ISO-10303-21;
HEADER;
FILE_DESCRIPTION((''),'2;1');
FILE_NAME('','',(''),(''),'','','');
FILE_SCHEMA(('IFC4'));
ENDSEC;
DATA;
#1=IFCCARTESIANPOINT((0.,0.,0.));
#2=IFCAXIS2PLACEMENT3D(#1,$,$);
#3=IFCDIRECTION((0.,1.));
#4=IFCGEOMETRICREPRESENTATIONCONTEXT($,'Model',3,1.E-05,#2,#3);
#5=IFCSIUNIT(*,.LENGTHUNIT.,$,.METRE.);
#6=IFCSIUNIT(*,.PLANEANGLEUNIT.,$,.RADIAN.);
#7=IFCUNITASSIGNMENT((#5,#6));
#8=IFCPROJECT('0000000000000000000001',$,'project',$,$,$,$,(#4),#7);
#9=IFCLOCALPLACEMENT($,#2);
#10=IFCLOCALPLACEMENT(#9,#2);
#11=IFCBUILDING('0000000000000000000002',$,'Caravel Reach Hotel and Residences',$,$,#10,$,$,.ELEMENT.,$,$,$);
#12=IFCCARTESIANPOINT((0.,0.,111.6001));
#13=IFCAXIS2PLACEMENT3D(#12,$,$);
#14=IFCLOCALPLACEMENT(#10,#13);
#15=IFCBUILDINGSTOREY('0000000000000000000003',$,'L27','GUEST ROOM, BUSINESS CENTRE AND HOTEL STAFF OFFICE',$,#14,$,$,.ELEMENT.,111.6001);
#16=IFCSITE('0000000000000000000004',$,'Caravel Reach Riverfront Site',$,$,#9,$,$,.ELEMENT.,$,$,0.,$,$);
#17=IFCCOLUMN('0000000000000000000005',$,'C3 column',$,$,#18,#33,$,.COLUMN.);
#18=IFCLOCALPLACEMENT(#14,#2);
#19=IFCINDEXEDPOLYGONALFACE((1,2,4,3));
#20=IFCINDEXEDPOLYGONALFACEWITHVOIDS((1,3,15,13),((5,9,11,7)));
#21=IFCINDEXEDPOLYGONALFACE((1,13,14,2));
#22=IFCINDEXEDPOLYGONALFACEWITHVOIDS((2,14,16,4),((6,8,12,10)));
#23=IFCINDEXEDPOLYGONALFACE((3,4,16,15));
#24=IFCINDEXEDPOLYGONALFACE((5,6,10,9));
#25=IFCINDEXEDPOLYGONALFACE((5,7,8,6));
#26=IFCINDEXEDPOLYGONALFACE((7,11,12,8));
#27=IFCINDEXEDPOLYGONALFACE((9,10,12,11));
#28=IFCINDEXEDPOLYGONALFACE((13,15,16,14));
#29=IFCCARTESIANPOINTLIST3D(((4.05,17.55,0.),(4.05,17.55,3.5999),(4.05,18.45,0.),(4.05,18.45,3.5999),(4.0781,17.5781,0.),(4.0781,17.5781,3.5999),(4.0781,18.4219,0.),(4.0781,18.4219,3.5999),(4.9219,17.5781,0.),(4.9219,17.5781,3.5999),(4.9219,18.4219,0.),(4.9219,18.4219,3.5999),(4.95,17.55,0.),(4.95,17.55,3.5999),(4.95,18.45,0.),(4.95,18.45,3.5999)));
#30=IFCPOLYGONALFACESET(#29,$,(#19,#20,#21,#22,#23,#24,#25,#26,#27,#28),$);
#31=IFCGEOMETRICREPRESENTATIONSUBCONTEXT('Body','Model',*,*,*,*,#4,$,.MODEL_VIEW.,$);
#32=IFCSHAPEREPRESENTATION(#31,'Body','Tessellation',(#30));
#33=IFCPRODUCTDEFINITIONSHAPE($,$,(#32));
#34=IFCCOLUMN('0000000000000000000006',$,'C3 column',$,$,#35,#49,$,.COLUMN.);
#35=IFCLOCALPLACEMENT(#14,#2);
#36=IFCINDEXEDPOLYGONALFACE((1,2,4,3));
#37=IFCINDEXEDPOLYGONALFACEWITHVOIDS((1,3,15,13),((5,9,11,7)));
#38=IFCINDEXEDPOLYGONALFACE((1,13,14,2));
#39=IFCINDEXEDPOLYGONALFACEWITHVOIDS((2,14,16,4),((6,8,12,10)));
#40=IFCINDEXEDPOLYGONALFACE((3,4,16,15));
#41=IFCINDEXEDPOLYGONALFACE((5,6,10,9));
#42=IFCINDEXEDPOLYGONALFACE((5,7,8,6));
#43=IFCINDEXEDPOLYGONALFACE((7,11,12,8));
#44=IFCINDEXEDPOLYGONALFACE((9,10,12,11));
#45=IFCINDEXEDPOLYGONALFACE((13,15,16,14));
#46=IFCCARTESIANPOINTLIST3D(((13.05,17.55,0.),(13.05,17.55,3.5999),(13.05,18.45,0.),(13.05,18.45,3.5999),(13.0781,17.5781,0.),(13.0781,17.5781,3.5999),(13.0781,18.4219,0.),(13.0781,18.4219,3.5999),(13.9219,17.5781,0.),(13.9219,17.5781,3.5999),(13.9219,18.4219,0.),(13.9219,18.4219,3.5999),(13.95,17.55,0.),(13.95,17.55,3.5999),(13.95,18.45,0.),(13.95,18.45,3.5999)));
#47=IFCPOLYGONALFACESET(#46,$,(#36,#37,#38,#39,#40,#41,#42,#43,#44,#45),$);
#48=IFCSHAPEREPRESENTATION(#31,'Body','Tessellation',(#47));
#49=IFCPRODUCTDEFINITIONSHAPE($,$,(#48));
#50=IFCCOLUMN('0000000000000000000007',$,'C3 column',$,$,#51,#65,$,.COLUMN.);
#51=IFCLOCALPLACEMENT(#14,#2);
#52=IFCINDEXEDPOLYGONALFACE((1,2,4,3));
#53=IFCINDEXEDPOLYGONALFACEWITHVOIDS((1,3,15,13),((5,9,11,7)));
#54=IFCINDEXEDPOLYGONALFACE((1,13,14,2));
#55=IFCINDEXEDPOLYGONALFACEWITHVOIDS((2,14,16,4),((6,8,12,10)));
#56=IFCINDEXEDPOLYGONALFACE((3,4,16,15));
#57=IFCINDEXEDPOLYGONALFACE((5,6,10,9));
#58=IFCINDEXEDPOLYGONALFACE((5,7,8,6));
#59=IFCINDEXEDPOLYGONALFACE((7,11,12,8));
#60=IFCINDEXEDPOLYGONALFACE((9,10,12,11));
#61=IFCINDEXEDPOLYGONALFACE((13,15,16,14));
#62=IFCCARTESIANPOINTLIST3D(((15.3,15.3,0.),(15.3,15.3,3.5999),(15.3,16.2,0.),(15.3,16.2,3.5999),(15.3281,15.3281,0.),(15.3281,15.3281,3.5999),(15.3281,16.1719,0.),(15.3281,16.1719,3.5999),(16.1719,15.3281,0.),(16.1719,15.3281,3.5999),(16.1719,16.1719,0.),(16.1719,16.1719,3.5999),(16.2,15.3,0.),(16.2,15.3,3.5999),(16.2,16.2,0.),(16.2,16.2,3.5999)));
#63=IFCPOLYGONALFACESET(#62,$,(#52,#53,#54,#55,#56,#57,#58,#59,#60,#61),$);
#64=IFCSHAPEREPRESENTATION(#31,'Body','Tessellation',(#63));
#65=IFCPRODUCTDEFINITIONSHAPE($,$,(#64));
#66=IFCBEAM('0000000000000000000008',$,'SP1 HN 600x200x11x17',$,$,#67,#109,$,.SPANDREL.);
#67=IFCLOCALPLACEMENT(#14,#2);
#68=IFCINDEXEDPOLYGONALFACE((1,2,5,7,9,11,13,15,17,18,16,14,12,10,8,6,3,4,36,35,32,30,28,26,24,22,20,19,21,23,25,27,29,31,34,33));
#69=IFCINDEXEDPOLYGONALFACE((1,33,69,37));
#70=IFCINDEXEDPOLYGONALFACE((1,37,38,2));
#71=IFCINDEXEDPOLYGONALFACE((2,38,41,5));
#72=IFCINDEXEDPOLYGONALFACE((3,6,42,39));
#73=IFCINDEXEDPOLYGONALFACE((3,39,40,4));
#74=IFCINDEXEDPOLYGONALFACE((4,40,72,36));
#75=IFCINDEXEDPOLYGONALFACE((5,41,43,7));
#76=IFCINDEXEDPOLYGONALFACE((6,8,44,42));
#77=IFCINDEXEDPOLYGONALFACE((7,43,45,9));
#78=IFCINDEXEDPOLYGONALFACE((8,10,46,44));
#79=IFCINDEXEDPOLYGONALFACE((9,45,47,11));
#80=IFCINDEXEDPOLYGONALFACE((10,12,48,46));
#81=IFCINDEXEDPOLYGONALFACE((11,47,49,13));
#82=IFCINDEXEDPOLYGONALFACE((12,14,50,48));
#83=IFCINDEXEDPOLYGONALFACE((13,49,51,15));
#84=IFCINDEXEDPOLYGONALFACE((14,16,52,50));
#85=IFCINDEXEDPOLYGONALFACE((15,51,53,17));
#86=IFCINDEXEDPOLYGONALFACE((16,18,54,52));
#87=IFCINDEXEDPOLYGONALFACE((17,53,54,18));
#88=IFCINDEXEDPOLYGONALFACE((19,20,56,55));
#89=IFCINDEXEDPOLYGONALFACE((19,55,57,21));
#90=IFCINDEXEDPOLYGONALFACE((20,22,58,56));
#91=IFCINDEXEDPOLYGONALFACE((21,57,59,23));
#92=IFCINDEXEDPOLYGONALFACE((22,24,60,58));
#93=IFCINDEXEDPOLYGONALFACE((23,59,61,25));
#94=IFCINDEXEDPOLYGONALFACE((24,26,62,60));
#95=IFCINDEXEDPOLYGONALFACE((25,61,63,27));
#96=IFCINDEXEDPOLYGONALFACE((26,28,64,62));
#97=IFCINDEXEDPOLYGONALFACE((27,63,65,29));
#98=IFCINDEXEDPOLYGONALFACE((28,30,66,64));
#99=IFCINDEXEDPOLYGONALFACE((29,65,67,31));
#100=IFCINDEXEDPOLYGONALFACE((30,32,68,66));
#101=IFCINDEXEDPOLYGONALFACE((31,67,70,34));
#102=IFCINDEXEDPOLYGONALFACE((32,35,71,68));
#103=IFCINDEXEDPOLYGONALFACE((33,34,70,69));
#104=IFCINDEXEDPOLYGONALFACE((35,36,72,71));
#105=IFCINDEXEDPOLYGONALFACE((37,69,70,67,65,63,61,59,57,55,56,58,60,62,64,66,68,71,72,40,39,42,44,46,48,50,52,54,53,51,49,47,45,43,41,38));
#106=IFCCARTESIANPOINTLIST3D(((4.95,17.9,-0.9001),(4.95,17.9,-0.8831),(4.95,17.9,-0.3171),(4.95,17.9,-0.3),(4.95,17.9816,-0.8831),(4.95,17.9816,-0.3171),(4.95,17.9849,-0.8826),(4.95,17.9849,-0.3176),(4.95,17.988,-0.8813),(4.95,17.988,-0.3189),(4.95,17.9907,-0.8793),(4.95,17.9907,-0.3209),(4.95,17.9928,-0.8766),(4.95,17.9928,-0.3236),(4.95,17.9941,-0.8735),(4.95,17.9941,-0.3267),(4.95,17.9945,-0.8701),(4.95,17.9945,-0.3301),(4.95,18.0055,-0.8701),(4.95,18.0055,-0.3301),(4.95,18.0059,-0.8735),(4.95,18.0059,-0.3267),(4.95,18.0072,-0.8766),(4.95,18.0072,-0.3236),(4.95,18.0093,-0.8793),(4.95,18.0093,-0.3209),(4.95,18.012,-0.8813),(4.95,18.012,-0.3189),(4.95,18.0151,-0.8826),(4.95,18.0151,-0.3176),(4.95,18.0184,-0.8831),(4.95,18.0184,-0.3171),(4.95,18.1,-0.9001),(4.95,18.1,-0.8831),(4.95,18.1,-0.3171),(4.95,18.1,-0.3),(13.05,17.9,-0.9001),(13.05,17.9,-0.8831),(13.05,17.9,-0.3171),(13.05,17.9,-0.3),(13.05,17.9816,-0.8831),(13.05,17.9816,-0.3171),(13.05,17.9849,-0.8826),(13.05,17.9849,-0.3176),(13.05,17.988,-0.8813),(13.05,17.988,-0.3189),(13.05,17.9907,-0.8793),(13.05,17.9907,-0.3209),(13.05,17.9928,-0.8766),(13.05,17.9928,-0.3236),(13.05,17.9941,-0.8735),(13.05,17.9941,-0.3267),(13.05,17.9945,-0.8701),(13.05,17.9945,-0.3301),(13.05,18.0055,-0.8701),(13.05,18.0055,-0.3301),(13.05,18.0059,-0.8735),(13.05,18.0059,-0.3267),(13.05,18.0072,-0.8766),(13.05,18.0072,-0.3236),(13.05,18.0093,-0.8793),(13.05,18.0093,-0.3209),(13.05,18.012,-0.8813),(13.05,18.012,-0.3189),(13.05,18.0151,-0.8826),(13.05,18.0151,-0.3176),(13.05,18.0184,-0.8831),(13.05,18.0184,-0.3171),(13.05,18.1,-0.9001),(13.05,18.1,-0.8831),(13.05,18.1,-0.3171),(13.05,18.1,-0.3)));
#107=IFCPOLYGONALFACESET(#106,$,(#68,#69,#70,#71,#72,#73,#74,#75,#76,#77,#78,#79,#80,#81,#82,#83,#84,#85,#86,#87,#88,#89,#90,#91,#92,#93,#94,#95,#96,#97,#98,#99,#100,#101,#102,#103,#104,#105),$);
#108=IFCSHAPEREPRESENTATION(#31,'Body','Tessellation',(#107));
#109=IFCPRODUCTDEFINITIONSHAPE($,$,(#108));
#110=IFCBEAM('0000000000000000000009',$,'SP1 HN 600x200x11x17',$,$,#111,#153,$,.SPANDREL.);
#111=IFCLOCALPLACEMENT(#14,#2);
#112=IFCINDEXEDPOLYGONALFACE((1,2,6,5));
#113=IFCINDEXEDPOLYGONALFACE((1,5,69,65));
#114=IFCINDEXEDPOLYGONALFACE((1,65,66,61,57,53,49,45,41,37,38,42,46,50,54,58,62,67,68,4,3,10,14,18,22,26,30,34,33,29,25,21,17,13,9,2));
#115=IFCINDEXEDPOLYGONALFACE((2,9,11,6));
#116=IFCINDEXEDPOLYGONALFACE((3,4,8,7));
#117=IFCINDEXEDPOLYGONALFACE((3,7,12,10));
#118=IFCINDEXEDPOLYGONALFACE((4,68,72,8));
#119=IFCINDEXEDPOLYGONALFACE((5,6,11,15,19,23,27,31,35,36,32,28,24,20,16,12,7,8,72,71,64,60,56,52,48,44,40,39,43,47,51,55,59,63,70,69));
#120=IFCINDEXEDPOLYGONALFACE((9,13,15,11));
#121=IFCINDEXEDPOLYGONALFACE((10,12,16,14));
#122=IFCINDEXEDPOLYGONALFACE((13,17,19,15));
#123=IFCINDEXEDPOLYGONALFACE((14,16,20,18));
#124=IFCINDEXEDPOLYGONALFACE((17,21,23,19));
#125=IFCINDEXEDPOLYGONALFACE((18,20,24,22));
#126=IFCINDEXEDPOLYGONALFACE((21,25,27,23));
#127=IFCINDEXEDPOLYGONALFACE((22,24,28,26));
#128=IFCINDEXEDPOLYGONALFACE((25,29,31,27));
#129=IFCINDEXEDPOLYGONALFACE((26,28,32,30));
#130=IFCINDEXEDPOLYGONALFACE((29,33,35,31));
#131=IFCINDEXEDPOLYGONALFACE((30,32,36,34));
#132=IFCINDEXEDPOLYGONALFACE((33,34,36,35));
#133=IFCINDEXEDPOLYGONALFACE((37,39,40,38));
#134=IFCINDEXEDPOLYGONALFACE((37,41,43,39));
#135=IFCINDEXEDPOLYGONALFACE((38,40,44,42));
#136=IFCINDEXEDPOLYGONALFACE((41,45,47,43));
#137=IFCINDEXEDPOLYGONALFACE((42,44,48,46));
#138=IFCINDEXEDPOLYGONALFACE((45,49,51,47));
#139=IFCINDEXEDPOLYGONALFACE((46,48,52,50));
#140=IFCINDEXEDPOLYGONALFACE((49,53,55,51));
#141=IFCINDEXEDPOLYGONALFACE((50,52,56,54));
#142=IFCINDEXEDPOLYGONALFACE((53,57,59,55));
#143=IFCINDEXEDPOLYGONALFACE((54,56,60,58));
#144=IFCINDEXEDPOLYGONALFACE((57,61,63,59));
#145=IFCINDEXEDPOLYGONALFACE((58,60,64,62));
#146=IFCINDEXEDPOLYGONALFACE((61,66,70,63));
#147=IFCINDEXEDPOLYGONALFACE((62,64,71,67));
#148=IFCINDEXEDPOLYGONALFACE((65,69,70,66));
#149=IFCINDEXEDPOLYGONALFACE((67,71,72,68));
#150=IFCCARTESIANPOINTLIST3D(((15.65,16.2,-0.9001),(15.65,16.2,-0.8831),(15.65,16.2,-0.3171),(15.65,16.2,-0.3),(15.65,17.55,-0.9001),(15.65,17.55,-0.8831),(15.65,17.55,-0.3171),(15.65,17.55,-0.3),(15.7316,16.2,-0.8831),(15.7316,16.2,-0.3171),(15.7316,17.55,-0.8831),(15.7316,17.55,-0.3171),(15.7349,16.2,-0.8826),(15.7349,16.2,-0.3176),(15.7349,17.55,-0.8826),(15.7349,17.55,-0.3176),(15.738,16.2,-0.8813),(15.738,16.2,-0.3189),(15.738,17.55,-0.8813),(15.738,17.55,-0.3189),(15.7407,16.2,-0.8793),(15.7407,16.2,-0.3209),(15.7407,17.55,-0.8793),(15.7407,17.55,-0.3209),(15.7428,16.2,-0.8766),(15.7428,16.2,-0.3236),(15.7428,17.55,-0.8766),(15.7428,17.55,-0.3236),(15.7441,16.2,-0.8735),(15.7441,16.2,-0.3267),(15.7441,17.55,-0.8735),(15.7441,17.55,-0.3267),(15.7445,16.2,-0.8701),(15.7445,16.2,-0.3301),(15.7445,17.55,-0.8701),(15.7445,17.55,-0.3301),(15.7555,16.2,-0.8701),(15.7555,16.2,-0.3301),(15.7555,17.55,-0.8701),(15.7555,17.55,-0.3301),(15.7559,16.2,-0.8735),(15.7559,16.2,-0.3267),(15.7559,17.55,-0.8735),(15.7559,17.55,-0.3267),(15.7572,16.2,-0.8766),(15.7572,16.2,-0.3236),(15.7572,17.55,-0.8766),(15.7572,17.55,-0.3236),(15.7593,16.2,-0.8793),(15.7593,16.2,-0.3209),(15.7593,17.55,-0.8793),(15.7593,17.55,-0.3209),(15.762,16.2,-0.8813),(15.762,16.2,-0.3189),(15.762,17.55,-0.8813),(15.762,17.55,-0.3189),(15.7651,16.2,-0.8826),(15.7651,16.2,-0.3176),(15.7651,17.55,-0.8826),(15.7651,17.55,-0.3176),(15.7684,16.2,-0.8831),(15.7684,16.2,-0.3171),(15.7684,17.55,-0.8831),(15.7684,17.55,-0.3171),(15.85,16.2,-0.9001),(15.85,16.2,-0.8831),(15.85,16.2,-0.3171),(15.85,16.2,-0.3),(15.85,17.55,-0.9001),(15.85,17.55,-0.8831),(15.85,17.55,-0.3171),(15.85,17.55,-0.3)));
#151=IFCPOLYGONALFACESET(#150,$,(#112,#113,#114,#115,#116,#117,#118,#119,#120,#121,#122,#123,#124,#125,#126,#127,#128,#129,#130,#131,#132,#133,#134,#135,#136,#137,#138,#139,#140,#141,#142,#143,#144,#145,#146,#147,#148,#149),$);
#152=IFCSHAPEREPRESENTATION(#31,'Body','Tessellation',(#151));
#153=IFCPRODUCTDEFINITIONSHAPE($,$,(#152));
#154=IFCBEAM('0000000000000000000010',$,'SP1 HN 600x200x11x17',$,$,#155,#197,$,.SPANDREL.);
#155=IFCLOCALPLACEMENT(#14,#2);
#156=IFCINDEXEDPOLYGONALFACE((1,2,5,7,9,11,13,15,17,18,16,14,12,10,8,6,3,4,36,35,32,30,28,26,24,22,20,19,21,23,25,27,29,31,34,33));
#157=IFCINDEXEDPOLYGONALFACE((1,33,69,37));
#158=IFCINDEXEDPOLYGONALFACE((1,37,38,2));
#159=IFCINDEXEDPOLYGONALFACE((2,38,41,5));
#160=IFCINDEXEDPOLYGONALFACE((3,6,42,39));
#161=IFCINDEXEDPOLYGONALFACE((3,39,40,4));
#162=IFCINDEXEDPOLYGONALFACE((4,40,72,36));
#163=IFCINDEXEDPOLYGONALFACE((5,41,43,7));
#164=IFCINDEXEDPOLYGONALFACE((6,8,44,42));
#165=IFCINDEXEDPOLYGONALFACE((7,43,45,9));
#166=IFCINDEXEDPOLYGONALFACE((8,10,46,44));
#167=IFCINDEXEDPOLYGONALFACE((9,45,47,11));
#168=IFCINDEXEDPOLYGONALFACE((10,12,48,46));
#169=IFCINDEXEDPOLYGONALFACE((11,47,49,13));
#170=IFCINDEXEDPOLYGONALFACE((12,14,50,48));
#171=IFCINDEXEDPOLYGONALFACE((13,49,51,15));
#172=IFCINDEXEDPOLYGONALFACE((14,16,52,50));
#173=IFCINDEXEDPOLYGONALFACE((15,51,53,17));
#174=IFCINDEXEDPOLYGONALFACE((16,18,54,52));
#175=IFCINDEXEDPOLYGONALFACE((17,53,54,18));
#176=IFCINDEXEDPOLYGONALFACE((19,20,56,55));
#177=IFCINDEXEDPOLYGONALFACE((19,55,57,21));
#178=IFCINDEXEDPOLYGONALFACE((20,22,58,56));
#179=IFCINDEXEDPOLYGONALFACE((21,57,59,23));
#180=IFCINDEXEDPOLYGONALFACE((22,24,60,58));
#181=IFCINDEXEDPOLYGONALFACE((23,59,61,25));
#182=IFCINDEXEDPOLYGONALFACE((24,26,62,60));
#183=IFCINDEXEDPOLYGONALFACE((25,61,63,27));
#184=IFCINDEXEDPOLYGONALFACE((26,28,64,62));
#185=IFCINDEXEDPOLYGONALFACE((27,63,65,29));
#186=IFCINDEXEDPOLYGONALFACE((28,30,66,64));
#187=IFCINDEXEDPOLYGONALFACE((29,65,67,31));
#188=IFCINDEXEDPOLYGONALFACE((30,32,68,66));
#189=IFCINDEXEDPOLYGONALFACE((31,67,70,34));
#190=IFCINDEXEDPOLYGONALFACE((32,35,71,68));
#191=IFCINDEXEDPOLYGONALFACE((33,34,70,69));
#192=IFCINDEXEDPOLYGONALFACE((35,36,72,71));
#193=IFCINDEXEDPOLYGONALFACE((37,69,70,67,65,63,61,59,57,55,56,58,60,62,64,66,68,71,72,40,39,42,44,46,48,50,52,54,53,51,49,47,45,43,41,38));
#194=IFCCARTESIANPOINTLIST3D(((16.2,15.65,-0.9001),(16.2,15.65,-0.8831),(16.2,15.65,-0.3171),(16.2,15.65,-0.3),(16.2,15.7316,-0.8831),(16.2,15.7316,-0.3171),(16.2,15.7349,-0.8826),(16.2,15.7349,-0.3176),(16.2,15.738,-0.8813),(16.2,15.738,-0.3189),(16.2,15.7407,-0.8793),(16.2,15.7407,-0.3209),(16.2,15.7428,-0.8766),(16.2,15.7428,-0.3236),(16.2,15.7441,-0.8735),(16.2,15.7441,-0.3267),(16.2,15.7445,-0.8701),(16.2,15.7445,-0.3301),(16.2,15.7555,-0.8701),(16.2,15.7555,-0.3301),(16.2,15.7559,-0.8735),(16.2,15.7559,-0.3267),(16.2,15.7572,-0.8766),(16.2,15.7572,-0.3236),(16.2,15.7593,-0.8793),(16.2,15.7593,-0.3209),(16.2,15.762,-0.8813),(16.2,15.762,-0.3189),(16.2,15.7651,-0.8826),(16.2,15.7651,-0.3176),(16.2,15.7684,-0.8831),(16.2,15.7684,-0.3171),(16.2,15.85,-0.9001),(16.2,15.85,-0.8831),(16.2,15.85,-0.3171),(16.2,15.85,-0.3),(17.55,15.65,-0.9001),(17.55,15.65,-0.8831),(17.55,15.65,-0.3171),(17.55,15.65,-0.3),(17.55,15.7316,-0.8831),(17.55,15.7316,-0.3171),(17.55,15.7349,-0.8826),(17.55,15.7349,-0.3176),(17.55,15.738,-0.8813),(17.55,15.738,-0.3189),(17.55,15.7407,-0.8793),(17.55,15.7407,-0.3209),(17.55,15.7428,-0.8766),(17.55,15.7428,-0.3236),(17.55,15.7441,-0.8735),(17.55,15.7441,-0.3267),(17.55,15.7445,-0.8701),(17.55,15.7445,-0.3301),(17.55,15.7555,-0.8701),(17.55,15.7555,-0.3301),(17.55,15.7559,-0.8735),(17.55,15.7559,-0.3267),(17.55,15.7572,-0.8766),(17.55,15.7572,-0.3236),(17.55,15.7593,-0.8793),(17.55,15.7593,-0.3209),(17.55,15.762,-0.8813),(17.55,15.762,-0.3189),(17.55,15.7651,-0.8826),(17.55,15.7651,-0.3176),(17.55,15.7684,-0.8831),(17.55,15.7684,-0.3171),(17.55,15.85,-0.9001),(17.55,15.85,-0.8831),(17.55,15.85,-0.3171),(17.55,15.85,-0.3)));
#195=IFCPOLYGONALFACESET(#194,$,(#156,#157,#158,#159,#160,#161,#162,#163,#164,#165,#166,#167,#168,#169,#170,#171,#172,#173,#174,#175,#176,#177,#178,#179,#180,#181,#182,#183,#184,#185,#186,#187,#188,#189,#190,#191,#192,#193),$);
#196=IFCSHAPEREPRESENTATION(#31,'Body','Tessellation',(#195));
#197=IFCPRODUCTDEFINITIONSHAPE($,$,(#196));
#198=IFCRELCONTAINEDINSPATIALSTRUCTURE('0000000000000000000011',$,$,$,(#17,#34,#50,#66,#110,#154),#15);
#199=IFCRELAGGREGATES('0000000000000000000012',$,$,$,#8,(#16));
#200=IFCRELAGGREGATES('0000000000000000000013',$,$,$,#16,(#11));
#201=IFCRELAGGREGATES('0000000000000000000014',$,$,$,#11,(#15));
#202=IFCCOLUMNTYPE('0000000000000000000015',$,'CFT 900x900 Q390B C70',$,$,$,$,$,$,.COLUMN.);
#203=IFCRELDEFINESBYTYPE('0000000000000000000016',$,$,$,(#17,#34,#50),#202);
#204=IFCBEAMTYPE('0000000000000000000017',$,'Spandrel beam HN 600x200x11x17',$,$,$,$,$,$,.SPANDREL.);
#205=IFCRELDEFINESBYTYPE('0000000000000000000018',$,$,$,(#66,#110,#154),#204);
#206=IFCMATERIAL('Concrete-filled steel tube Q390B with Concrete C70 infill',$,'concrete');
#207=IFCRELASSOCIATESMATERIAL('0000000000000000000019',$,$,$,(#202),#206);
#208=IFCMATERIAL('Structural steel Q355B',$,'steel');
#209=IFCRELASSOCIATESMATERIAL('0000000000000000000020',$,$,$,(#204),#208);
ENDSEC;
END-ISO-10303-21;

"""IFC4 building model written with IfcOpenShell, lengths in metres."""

from ifc_helpers import new_model, si_unit, direction, frame, origin, origin_2d, place, context, subcontext, project, spatial, hollow_rectangle, i_section, extrude, material, material_profile, profile_set, type_object, element, save


model = new_model("IFC4")

# Units and contexts
model_context = context("Model", 3, precision=1e-05, world=origin(), true_north=direction((0.0, 1.0)))
body_context = subcontext(model_context, "Body", "Model", "MODEL_VIEW")
ifc_project = project(units=[si_unit("LENGTHUNIT", "METRE"), si_unit("PLANEANGLEUNIT", "RADIAN")], contexts=[model_context])

# Site, building, storey
site_placement = place(None, origin())
site = spatial("IfcSite", under=ifc_project, at=site_placement, Name="Caravel Reach Riverfront Site", CompositionType="ELEMENT", RefElevation=0.0)
building_placement = place(site_placement, origin())
building = spatial("IfcBuilding", under=site, at=building_placement, Name="Caravel Reach Hotel and Residences", CompositionType="ELEMENT")
storey_placement = place(building_placement, frame((0.0, 0.0, 111.6001)))
storey = spatial("IfcBuildingStorey", under=building, at=storey_placement, Name="L27", Description="GUEST ROOM, BUSINESS CENTRE AND HOTEL STAFF OFFICE", CompositionType="ELEMENT", Elevation=111.6001)

# Columns
ifc_material_1 = material(Name="Concrete-filled steel tube Q390B with Concrete C70 infill", Category="concrete")
ifc_material_profile_1 = material_profile(ifc_material_1, hollow_rectangle(XDim=0.8999, YDim=0.8999, WallThickness=0.0281, at=origin_2d()), Name="RHS 900x900x28")
ifc_profile_set_1 = profile_set([ifc_material_profile_1], Name="Concrete-filled steel tube Q390B with Concrete C70 infill")
column_type = type_object("IfcColumnType", Name="CFT 900x900 Q390B C70", PredefinedType="COLUMN", material=ifc_profile_set_1)
for number, where, z_axis, x_axis, name in (
    (1, (4.5, 18.0, 0.0), (0.0, 0.0, 1.0), (1.0, 0.0, 0.0), "C3 column"),
    (2, (13.5, 18.0, 0.0), (0.0, 0.0, 1.0), (1.0, 0.0, 0.0), "C3 column"),
    (3, (15.75, 15.75, 0.0), (0.0, 0.0, 1.0), (1.0, 0.0, 0.0), "C3 column"),
):
    element("IfcColumn", number, at=place(storey_placement, frame(where, z_axis=z_axis, x_axis=x_axis)), inside=storey, type_object=column_type, Name=name, PredefinedType="COLUMN", context=body_context, shape_type="SweptSolid", body=[
        extrude(hollow_rectangle(XDim=0.8999, YDim=0.8999, WallThickness=0.0281, at=origin_2d()), origin(), (0.0, 0.0, 1.0), 3.5999),
    ])

# Beams
ifc_material_2 = material(Name="Structural steel Q355B", Category="steel")
ifc_material_profile_2 = material_profile(ifc_material_2, i_section(OverallWidth=0.2, OverallDepth=0.6001, WebThickness=0.011, FlangeThickness=0.0171, FilletRadius=0.0129, at=origin_2d()), Name="HN 600x200x11x17")
ifc_profile_set_2 = profile_set([ifc_material_profile_2], Name="Structural steel Q355B")
beam_type = type_object("IfcBeamType", Name="Spandrel beam HN 600x200x11x17", PredefinedType="SPANDREL", material=ifc_profile_set_2)
beam_placement = place(storey_placement, frame((4.95, 18.0, -0.6001), z_axis=(1.0, 0.0, 0.0), x_axis=(0.0, 1.0, 0.0)))
element("IfcBeam", 4, at=beam_placement, inside=storey, type_object=beam_type, Name="SP1 HN 600x200x11x17", PredefinedType="SPANDREL", context=body_context, shape_type="SweptSolid", body=[
    extrude(i_section(OverallWidth=0.2, OverallDepth=0.6001, WebThickness=0.011, FlangeThickness=0.0171, FilletRadius=0.0129, at=origin_2d()), origin(), (0.0, 0.0, 1.0), 8.1001),
])
for number, where, z_axis, x_axis, name in (
    (5, (15.75, 17.55, -0.6001), (0.0, -1.0, 0.0), (1.0, 0.0, 0.0), "SP1 HN 600x200x11x17"),
    (6, (16.2, 15.75, -0.6001), (1.0, 0.0, 0.0), (0.0, 1.0, 0.0), "SP1 HN 600x200x11x17"),
):
    element("IfcBeam", number, at=place(storey_placement, frame(where, z_axis=z_axis, x_axis=x_axis)), inside=storey, type_object=beam_type, Name=name, PredefinedType="SPANDREL", context=body_context, shape_type="SweptSolid", body=[
        extrude(i_section(OverallWidth=0.2, OverallDepth=0.6001, WebThickness=0.011, FlangeThickness=0.0171, FilletRadius=0.0129, at=origin_2d()), origin(), (0.0, 0.0, 1.0), 1.3501),
    ])

save(model, "model.ifc")
